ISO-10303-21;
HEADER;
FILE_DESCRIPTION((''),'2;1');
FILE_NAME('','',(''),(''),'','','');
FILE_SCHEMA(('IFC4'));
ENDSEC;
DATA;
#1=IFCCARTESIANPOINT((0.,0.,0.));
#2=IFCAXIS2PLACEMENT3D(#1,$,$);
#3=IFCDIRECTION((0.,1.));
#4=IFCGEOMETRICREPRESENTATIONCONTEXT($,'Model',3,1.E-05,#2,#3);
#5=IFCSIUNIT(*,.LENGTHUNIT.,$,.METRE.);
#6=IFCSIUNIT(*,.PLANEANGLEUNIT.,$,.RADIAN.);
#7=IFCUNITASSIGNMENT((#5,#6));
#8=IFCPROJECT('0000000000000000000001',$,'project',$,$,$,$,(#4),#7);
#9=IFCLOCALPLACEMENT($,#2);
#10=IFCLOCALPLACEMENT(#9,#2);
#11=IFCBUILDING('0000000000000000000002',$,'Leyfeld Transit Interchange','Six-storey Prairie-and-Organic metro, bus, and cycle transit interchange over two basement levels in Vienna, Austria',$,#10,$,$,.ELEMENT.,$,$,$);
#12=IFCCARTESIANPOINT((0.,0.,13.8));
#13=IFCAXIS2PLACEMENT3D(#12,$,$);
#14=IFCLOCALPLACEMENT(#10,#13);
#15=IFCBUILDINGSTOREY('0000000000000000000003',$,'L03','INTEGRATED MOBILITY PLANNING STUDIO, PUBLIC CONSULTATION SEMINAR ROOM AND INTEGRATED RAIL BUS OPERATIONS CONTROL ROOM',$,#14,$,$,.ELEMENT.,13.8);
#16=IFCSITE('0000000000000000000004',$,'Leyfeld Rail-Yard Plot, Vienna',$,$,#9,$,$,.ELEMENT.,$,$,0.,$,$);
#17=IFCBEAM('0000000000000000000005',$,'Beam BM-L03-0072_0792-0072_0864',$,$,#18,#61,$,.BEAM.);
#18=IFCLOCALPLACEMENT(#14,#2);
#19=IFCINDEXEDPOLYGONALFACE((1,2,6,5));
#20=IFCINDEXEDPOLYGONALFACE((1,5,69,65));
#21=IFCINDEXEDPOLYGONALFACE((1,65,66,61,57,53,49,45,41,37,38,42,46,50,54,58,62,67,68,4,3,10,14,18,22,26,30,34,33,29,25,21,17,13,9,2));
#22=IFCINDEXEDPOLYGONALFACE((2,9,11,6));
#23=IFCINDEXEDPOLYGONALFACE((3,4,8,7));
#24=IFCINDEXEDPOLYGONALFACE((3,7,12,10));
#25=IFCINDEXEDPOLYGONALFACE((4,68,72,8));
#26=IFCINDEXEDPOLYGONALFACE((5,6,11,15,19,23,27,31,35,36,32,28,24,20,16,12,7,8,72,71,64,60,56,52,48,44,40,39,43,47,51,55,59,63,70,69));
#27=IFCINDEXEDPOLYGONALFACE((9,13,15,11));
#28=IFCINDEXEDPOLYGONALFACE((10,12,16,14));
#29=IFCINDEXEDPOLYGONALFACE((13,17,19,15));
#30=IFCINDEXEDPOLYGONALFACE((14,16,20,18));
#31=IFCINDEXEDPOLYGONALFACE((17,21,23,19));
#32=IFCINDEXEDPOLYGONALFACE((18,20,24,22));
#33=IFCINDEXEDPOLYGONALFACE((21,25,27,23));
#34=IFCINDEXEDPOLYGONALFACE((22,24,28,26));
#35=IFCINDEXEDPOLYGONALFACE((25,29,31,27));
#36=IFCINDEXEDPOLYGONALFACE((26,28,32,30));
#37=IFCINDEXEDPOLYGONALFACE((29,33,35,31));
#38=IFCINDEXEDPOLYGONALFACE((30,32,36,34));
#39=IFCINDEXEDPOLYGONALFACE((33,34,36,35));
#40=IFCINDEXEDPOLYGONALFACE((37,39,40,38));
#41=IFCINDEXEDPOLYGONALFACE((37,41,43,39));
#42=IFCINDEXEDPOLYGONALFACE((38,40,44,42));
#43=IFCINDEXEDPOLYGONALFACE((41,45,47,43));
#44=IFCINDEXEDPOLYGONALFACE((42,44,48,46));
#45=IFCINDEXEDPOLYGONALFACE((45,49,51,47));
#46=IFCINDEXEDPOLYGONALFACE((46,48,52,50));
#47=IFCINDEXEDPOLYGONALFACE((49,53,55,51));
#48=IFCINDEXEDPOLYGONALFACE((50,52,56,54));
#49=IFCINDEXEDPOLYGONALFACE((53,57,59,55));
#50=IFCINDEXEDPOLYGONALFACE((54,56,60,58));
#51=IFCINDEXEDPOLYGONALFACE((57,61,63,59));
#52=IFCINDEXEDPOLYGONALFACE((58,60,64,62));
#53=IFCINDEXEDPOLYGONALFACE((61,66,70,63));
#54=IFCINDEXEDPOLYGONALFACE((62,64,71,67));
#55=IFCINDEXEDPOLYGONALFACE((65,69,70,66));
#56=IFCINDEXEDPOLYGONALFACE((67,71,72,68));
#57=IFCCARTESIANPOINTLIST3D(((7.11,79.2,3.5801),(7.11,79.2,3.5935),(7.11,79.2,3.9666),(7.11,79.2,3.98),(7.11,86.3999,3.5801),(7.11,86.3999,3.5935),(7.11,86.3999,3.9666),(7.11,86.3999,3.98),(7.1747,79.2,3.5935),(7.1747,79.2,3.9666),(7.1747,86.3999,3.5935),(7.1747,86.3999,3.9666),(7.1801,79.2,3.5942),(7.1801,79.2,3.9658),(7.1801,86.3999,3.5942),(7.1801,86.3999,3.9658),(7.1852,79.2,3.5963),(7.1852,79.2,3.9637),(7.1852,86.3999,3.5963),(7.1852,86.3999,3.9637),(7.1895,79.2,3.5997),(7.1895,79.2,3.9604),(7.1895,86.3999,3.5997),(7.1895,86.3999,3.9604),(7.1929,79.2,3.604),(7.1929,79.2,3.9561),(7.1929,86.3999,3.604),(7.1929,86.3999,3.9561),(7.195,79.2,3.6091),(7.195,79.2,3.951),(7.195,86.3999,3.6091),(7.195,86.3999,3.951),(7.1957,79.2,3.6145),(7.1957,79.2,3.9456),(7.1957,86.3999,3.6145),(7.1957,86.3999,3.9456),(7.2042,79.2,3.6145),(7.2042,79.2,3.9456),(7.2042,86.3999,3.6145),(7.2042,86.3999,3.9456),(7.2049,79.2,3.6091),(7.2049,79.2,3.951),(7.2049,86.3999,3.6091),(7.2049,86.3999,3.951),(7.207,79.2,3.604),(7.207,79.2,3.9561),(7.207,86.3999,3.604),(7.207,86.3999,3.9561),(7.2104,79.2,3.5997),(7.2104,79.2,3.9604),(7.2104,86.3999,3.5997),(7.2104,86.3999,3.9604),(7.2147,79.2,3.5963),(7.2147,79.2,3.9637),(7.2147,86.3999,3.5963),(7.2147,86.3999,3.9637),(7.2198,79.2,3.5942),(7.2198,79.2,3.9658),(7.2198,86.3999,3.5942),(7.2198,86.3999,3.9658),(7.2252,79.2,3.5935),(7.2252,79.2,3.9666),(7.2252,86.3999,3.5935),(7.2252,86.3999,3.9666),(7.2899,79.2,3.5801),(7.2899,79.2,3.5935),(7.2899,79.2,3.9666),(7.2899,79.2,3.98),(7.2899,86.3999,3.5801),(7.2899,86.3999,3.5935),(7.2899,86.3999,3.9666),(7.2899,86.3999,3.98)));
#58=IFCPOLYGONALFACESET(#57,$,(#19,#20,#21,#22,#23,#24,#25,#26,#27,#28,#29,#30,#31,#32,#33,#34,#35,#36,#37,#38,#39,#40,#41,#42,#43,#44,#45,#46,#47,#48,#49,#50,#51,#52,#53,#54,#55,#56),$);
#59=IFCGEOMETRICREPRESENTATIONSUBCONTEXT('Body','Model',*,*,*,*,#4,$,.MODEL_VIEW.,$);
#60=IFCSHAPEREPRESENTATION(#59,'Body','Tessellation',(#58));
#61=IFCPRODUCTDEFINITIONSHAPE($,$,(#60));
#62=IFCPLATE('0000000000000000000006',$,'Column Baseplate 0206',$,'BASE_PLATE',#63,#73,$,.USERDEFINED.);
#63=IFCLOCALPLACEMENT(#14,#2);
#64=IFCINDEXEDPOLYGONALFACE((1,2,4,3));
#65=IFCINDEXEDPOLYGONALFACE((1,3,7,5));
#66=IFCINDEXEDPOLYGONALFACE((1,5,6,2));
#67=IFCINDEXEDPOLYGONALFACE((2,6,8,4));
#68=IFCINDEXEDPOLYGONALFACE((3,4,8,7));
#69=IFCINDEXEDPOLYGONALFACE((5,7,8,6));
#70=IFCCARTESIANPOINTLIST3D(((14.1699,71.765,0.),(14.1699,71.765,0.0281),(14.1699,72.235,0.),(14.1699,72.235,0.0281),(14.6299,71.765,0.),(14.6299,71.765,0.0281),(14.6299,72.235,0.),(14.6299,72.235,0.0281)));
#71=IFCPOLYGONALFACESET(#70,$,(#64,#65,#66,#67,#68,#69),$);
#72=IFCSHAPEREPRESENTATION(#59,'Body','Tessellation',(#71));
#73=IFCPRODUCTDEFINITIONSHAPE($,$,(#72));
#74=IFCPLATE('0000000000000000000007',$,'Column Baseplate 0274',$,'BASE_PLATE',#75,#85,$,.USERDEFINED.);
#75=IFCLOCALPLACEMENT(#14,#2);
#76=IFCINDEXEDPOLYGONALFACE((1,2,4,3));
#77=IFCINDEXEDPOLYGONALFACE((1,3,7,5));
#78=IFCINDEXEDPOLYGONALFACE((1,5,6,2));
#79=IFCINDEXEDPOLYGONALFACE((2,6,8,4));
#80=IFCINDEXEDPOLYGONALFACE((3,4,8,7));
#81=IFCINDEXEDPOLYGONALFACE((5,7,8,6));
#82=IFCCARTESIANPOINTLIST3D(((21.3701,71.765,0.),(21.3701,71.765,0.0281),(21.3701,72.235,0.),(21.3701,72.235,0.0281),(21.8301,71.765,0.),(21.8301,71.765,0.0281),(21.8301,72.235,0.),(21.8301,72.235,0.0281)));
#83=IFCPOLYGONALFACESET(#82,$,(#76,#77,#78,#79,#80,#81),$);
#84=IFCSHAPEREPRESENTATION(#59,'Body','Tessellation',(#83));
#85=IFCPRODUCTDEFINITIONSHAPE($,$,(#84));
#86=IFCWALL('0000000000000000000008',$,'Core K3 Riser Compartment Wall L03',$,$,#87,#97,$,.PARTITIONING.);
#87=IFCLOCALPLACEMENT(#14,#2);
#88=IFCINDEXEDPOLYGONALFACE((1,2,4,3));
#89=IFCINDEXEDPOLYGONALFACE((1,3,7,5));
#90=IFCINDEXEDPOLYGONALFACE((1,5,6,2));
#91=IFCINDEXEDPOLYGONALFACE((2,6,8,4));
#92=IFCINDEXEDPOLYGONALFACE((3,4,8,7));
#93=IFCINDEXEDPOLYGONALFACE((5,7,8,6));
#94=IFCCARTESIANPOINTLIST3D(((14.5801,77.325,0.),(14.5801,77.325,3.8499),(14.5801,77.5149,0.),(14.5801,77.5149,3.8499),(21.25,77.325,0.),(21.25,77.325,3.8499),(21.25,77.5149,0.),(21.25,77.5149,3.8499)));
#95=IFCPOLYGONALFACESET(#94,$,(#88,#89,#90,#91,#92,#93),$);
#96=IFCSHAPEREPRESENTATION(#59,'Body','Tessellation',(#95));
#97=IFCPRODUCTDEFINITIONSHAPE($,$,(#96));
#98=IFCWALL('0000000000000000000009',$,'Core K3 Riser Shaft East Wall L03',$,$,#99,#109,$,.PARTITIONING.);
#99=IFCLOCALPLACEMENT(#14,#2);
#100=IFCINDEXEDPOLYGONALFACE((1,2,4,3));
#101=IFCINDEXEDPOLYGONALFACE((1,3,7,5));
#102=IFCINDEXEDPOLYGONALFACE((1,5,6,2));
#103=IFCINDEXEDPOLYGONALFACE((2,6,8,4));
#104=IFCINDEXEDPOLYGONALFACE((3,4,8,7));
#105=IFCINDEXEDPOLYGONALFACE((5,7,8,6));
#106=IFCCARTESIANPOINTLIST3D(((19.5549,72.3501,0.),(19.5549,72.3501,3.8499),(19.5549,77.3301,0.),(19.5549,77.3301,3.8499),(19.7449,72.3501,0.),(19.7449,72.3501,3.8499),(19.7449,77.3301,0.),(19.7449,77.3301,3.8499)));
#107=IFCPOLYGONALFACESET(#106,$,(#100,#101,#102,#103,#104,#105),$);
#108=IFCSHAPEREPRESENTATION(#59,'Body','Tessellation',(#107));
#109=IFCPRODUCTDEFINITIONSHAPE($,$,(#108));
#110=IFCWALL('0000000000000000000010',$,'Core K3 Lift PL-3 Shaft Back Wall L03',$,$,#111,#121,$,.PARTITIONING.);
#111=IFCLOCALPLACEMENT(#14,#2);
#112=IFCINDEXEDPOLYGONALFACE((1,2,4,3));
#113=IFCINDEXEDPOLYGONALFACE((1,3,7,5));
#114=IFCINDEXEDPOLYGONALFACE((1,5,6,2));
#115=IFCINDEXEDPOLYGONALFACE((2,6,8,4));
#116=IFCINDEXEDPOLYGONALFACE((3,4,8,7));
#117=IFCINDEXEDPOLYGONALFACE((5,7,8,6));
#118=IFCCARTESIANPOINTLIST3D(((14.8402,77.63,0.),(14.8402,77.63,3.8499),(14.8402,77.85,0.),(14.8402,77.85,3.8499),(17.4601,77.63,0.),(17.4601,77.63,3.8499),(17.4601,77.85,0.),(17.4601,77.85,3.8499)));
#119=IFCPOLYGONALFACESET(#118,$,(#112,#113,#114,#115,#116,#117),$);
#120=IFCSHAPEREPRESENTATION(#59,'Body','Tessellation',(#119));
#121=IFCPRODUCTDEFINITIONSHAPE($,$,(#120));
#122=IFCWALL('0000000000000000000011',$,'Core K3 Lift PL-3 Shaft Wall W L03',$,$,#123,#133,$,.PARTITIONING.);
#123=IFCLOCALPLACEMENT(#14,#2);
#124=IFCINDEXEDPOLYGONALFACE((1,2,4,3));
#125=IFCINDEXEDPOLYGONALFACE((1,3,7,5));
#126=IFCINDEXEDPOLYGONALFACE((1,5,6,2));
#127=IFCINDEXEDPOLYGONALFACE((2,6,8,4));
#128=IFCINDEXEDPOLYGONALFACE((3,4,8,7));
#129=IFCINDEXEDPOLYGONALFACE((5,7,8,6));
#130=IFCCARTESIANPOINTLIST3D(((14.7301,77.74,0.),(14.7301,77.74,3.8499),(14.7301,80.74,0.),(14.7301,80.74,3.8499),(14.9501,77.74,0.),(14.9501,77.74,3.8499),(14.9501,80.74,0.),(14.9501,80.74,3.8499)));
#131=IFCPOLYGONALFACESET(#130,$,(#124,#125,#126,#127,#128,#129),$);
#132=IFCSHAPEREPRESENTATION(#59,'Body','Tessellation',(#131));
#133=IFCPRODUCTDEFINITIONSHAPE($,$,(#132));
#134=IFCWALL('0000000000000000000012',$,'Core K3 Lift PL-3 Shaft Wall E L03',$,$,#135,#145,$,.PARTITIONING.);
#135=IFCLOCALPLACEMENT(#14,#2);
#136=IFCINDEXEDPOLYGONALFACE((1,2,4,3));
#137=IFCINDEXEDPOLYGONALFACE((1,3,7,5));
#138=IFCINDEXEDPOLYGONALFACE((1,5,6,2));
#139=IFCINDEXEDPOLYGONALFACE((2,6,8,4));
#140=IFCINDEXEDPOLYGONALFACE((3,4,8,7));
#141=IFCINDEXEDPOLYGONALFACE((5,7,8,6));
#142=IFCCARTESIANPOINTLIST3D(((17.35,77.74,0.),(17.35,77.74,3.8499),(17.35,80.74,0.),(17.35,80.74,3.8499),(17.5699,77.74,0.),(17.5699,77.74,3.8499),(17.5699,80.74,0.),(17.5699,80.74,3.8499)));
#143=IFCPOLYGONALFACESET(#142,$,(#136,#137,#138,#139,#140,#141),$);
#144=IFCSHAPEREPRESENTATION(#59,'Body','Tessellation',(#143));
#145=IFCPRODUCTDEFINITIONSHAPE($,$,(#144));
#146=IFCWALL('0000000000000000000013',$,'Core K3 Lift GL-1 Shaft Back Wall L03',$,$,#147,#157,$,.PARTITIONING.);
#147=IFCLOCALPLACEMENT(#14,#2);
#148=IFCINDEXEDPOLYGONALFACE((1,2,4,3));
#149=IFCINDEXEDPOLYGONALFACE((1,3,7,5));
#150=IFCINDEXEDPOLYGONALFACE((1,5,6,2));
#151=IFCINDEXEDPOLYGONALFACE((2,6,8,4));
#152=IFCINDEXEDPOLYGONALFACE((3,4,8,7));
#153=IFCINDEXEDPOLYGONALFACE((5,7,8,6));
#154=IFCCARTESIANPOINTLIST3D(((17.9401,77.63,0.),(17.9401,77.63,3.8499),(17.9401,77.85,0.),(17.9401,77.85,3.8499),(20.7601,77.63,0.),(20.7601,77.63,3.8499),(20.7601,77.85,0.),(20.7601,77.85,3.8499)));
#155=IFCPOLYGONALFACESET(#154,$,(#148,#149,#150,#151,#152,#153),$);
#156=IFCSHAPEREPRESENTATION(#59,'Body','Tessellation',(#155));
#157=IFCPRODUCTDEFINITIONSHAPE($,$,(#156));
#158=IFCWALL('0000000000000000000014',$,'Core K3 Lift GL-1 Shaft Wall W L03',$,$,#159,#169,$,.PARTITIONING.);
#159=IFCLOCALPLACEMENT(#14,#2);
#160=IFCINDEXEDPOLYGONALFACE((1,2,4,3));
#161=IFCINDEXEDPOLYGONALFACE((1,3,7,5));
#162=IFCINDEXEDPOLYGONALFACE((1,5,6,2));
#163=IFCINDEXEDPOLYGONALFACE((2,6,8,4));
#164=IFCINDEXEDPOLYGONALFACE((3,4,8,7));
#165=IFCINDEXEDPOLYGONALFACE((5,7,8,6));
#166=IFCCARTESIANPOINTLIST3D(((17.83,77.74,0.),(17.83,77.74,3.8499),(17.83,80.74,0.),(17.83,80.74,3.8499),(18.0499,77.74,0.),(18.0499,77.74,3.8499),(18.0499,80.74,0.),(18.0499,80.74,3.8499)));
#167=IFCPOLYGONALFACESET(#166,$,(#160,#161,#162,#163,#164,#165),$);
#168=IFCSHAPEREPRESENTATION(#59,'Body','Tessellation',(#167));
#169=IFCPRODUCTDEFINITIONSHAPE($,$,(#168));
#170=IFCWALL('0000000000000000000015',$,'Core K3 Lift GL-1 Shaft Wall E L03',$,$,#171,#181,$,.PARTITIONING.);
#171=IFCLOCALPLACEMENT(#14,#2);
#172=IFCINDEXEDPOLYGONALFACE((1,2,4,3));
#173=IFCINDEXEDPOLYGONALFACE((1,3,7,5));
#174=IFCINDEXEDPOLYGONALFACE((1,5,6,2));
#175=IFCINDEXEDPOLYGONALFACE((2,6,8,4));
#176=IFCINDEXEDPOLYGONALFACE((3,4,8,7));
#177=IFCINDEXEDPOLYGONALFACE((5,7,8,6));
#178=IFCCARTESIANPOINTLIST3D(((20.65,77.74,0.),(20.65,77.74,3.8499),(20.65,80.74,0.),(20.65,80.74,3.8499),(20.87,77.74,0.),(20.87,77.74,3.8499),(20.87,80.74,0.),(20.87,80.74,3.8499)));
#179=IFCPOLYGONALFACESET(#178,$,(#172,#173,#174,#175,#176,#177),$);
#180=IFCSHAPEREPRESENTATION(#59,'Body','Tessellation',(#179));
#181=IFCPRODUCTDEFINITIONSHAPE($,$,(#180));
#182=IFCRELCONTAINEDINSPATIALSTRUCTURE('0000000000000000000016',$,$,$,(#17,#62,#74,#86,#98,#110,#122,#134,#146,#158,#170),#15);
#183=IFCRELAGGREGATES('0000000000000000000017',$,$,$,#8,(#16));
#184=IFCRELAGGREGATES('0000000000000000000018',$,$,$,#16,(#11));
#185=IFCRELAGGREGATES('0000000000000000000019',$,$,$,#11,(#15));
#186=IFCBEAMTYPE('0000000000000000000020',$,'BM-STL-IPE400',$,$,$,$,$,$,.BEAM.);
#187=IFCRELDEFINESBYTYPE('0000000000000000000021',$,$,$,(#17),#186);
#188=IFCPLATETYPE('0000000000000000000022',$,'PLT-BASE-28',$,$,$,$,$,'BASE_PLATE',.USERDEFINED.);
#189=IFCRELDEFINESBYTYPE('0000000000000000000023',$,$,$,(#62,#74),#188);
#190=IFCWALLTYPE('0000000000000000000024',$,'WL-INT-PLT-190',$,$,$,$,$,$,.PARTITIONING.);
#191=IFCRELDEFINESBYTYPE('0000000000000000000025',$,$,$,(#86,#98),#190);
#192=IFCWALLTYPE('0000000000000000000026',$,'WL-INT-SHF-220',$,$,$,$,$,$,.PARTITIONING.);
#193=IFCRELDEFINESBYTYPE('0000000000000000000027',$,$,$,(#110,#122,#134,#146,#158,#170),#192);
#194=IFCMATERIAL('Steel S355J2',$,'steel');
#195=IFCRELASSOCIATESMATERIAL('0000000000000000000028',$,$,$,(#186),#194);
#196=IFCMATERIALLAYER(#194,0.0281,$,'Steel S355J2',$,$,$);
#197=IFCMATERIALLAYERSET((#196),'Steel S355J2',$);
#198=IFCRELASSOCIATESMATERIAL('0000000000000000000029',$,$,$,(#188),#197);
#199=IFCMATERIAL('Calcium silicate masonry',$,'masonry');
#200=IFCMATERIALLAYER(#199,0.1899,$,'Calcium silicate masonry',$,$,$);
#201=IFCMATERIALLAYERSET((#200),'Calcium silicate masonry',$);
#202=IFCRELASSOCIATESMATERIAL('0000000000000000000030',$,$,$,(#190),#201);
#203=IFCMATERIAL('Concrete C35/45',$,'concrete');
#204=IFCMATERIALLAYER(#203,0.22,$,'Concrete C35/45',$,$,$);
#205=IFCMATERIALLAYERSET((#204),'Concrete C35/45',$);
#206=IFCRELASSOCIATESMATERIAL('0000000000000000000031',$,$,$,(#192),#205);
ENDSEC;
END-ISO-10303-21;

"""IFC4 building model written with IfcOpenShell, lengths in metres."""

from ifc_helpers import new_model, si_unit, direction, frame, frame_2d, origin, origin_2d, place, context, subcontext, project, spatial, rectangle, i_section, extrude, material, layer, layer_set, material_profile, profile_set, type_object, element, save


model = new_model("IFC4")

# Units and contexts
model_context = context("Model", 3, precision=1e-05, world=origin(), true_north=direction((0.0, 1.0)))
body_context = subcontext(model_context, "Body", "Model", "MODEL_VIEW")
ifc_project = project(units=[si_unit("LENGTHUNIT", "METRE"), si_unit("PLANEANGLEUNIT", "RADIAN")], contexts=[model_context])

# Site, building, storey
site_placement = place(None, origin())
site = spatial("IfcSite", under=ifc_project, at=site_placement, Name="Leyfeld Rail-Yard Plot, Vienna", CompositionType="ELEMENT", RefElevation=0.0)
building_placement = place(site_placement, origin())
building = spatial("IfcBuilding", under=site, at=building_placement, Name="Leyfeld Transit Interchange", Description="Six-storey Prairie-and-Organic metro, bus, and cycle transit interchange over two basement levels in Vienna, Austria", CompositionType="ELEMENT")
storey_placement = place(building_placement, frame((0.0, 0.0, 13.8)))
storey = spatial("IfcBuildingStorey", under=building, at=storey_placement, Name="L03", Description="INTEGRATED MOBILITY PLANNING STUDIO, PUBLIC CONSULTATION SEMINAR ROOM AND INTEGRATED RAIL BUS OPERATIONS CONTROL ROOM", CompositionType="ELEMENT", Elevation=13.8)

# Shared definitions
ifc_material_1 = material(Name="Steel S355J2", Category="steel")

# Beam
ifc_material_2 = material(Name="Concrete C35/45", Category="concrete")
ifc_material_profile_1 = material_profile(ifc_material_1, i_section(OverallWidth=0.1799, OverallDepth=0.3999, WebThickness=0.0085, FlangeThickness=0.0134, FilletRadius=0.021, at=origin_2d()), Name="IPE 400")
ifc_profile_set_1 = profile_set([ifc_material_profile_1], Name="Steel S355J2")
beam_type_1 = type_object("IfcBeamType", Name="BM-STL-IPE400", PredefinedType="BEAM", material=ifc_profile_set_1)
beam_1_placement = place(storey_placement, frame((7.2, 79.2, 3.78), z_axis=(0.0, 1.0, 0.0), x_axis=(-1.0, 0.0, 0.0)))
element("IfcBeam", 1, at=beam_1_placement, inside=storey, type_object=beam_type_1, Name="Beam BM-L03-0072_0792-0072_0864", PredefinedType="BEAM", context=body_context, shape_type="SweptSolid", body=[
    extrude(i_section(OverallWidth=0.1799, OverallDepth=0.3999, WebThickness=0.0085, FlangeThickness=0.0134, FilletRadius=0.021, at=origin_2d()), origin(), (0.0, 0.0, 1.0), 7.2),
])

# Plates
ifc_layer_1 = layer(ifc_material_1, 0.0281, Name="Steel S355J2")
ifc_layer_set_1 = layer_set([ifc_layer_1], Name="Steel S355J2")
plate_type = type_object("IfcPlateType", Name="PLT-BASE-28", ElementType="BASE_PLATE", PredefinedType="USERDEFINED", material=ifc_layer_set_1)
for number, where, z_axis, x_axis, name in (
    (2, (14.3999, 72.0, 0.0), (0.0, 0.0, 1.0), (1.0, 0.0, 0.0), "Column Baseplate 0206"),
    (3, (21.6001, 72.0, 0.0), (0.0, 0.0, 1.0), (1.0, 0.0, 0.0), "Column Baseplate 0274"),
):
    element("IfcPlate", number, at=place(storey_placement, frame(where, z_axis=z_axis, x_axis=x_axis)), inside=storey, type_object=plate_type, Name=name, ObjectType="BASE_PLATE", PredefinedType="USERDEFINED", context=body_context, shape_type="SweptSolid", body=[
        extrude(rectangle(XDim=0.46, YDim=0.47, at=origin_2d()), origin(), (0.0, 0.0, 1.0), 0.0281),
    ])

# Walls
ifc_material_3 = material(Name="Calcium silicate masonry", Category="masonry")
ifc_layer_2 = layer(ifc_material_3, 0.1899, Name="Calcium silicate masonry")
ifc_layer_set_2 = layer_set([ifc_layer_2], Name="Calcium silicate masonry")
wall_type_1 = type_object("IfcWallType", Name="WL-INT-PLT-190", PredefinedType="PARTITIONING", material=ifc_layer_set_2)
wall_1_placement = place(storey_placement, frame((14.5801, 77.4199, 0.0), z_axis=(0.0, 0.0, 1.0), x_axis=(1.0, 0.0, 0.0)))
element("IfcWall", 4, at=wall_1_placement, inside=storey, type_object=wall_type_1, Name="Core K3 Riser Compartment Wall L03", PredefinedType="PARTITIONING", context=body_context, shape_type="SweptSolid", body=[
    extrude(rectangle(XDim=6.6699, YDim=0.1899, at=frame_2d((3.335, 0.0))), origin(), (0.0, 0.0, 1.0), 3.8499),
])
wall_2_placement = place(storey_placement, frame((19.6499, 72.3501, 0.0), z_axis=(0.0, 0.0, 1.0), x_axis=(0.0, 1.0, 0.0)))
element("IfcWall", 5, at=wall_2_placement, inside=storey, type_object=wall_type_1, Name="Core K3 Riser Shaft East Wall L03", PredefinedType="PARTITIONING", context=body_context, shape_type="SweptSolid", body=[
    extrude(rectangle(XDim=4.98, YDim=0.1899, at=frame_2d((2.49, 0.0))), origin(), (0.0, 0.0, 1.0), 3.8499),
])

# Shared definitions
ifc_layer_3 = layer(ifc_material_2, 0.22, Name="Concrete C35/45")
ifc_layer_set_3 = layer_set([ifc_layer_3], Name="Concrete C35/45")
wall_type_2 = type_object("IfcWallType", Name="WL-INT-SHF-220", PredefinedType="PARTITIONING", material=ifc_layer_set_3)

# Walls
wall_3_placement = place(storey_placement, frame((14.8401, 77.74, 0.0), z_axis=(0.0, 0.0, 1.0), x_axis=(1.0, 0.0, 0.0)))
element("IfcWall", 6, at=wall_3_placement, inside=storey, type_object=wall_type_2, Name="Core K3 Lift PL-3 Shaft Back Wall L03", PredefinedType="PARTITIONING", context=body_context, shape_type="SweptSolid", body=[
    extrude(rectangle(XDim=2.6199, YDim=0.22, at=frame_2d((1.3101, 0.0))), origin(), (0.0, 0.0, 1.0), 3.8499),
])
for number, where, z_axis, x_axis, name in (
    (7, (14.8401, 77.74, 0.0), (0.0, 0.0, 1.0), (0.0, 1.0, 0.0), "Core K3 Lift PL-3 Shaft Wall W L03"),
    (8, (17.46, 77.74, 0.0), (0.0, 0.0, 1.0), (0.0, 1.0, 0.0), "Core K3 Lift PL-3 Shaft Wall E L03"),
):
    element("IfcWall", number, at=place(storey_placement, frame(where, z_axis=z_axis, x_axis=x_axis)), inside=storey, type_object=wall_type_2, Name=name, PredefinedType="PARTITIONING", context=body_context, shape_type="SweptSolid", body=[
        extrude(rectangle(XDim=3.0, YDim=0.22, at=frame_2d((1.5, 0.0))), origin(), (0.0, 0.0, 1.0), 3.8499),
    ])
wall_4_placement = place(storey_placement, frame((17.9399, 77.74, 0.0), z_axis=(0.0, 0.0, 1.0), x_axis=(1.0, 0.0, 0.0)))
element("IfcWall", 9, at=wall_4_placement, inside=storey, type_object=wall_type_2, Name="Core K3 Lift GL-1 Shaft Back Wall L03", PredefinedType="PARTITIONING", context=body_context, shape_type="SweptSolid", body=[
    extrude(rectangle(XDim=2.8201, YDim=0.22, at=frame_2d((1.4102, 0.0))), origin(), (0.0, 0.0, 1.0), 3.8499),
])
for number, where, z_axis, x_axis, name in (
    (10, (17.9399, 77.74, 0.0), (0.0, 0.0, 1.0), (0.0, 1.0, 0.0), "Core K3 Lift GL-1 Shaft Wall W L03"),
    (11, (20.76, 77.74, 0.0), (0.0, 0.0, 1.0), (0.0, 1.0, 0.0), "Core K3 Lift GL-1 Shaft Wall E L03"),
):
    element("IfcWall", number, at=place(storey_placement, frame(where, z_axis=z_axis, x_axis=x_axis)), inside=storey, type_object=wall_type_2, Name=name, PredefinedType="PARTITIONING", context=body_context, shape_type="SweptSolid", body=[
        extrude(rectangle(XDim=3.0, YDim=0.22, at=frame_2d((1.5, 0.0))), origin(), (0.0, 0.0, 1.0), 3.8499),
    ])

save(model, "model.ifc")
